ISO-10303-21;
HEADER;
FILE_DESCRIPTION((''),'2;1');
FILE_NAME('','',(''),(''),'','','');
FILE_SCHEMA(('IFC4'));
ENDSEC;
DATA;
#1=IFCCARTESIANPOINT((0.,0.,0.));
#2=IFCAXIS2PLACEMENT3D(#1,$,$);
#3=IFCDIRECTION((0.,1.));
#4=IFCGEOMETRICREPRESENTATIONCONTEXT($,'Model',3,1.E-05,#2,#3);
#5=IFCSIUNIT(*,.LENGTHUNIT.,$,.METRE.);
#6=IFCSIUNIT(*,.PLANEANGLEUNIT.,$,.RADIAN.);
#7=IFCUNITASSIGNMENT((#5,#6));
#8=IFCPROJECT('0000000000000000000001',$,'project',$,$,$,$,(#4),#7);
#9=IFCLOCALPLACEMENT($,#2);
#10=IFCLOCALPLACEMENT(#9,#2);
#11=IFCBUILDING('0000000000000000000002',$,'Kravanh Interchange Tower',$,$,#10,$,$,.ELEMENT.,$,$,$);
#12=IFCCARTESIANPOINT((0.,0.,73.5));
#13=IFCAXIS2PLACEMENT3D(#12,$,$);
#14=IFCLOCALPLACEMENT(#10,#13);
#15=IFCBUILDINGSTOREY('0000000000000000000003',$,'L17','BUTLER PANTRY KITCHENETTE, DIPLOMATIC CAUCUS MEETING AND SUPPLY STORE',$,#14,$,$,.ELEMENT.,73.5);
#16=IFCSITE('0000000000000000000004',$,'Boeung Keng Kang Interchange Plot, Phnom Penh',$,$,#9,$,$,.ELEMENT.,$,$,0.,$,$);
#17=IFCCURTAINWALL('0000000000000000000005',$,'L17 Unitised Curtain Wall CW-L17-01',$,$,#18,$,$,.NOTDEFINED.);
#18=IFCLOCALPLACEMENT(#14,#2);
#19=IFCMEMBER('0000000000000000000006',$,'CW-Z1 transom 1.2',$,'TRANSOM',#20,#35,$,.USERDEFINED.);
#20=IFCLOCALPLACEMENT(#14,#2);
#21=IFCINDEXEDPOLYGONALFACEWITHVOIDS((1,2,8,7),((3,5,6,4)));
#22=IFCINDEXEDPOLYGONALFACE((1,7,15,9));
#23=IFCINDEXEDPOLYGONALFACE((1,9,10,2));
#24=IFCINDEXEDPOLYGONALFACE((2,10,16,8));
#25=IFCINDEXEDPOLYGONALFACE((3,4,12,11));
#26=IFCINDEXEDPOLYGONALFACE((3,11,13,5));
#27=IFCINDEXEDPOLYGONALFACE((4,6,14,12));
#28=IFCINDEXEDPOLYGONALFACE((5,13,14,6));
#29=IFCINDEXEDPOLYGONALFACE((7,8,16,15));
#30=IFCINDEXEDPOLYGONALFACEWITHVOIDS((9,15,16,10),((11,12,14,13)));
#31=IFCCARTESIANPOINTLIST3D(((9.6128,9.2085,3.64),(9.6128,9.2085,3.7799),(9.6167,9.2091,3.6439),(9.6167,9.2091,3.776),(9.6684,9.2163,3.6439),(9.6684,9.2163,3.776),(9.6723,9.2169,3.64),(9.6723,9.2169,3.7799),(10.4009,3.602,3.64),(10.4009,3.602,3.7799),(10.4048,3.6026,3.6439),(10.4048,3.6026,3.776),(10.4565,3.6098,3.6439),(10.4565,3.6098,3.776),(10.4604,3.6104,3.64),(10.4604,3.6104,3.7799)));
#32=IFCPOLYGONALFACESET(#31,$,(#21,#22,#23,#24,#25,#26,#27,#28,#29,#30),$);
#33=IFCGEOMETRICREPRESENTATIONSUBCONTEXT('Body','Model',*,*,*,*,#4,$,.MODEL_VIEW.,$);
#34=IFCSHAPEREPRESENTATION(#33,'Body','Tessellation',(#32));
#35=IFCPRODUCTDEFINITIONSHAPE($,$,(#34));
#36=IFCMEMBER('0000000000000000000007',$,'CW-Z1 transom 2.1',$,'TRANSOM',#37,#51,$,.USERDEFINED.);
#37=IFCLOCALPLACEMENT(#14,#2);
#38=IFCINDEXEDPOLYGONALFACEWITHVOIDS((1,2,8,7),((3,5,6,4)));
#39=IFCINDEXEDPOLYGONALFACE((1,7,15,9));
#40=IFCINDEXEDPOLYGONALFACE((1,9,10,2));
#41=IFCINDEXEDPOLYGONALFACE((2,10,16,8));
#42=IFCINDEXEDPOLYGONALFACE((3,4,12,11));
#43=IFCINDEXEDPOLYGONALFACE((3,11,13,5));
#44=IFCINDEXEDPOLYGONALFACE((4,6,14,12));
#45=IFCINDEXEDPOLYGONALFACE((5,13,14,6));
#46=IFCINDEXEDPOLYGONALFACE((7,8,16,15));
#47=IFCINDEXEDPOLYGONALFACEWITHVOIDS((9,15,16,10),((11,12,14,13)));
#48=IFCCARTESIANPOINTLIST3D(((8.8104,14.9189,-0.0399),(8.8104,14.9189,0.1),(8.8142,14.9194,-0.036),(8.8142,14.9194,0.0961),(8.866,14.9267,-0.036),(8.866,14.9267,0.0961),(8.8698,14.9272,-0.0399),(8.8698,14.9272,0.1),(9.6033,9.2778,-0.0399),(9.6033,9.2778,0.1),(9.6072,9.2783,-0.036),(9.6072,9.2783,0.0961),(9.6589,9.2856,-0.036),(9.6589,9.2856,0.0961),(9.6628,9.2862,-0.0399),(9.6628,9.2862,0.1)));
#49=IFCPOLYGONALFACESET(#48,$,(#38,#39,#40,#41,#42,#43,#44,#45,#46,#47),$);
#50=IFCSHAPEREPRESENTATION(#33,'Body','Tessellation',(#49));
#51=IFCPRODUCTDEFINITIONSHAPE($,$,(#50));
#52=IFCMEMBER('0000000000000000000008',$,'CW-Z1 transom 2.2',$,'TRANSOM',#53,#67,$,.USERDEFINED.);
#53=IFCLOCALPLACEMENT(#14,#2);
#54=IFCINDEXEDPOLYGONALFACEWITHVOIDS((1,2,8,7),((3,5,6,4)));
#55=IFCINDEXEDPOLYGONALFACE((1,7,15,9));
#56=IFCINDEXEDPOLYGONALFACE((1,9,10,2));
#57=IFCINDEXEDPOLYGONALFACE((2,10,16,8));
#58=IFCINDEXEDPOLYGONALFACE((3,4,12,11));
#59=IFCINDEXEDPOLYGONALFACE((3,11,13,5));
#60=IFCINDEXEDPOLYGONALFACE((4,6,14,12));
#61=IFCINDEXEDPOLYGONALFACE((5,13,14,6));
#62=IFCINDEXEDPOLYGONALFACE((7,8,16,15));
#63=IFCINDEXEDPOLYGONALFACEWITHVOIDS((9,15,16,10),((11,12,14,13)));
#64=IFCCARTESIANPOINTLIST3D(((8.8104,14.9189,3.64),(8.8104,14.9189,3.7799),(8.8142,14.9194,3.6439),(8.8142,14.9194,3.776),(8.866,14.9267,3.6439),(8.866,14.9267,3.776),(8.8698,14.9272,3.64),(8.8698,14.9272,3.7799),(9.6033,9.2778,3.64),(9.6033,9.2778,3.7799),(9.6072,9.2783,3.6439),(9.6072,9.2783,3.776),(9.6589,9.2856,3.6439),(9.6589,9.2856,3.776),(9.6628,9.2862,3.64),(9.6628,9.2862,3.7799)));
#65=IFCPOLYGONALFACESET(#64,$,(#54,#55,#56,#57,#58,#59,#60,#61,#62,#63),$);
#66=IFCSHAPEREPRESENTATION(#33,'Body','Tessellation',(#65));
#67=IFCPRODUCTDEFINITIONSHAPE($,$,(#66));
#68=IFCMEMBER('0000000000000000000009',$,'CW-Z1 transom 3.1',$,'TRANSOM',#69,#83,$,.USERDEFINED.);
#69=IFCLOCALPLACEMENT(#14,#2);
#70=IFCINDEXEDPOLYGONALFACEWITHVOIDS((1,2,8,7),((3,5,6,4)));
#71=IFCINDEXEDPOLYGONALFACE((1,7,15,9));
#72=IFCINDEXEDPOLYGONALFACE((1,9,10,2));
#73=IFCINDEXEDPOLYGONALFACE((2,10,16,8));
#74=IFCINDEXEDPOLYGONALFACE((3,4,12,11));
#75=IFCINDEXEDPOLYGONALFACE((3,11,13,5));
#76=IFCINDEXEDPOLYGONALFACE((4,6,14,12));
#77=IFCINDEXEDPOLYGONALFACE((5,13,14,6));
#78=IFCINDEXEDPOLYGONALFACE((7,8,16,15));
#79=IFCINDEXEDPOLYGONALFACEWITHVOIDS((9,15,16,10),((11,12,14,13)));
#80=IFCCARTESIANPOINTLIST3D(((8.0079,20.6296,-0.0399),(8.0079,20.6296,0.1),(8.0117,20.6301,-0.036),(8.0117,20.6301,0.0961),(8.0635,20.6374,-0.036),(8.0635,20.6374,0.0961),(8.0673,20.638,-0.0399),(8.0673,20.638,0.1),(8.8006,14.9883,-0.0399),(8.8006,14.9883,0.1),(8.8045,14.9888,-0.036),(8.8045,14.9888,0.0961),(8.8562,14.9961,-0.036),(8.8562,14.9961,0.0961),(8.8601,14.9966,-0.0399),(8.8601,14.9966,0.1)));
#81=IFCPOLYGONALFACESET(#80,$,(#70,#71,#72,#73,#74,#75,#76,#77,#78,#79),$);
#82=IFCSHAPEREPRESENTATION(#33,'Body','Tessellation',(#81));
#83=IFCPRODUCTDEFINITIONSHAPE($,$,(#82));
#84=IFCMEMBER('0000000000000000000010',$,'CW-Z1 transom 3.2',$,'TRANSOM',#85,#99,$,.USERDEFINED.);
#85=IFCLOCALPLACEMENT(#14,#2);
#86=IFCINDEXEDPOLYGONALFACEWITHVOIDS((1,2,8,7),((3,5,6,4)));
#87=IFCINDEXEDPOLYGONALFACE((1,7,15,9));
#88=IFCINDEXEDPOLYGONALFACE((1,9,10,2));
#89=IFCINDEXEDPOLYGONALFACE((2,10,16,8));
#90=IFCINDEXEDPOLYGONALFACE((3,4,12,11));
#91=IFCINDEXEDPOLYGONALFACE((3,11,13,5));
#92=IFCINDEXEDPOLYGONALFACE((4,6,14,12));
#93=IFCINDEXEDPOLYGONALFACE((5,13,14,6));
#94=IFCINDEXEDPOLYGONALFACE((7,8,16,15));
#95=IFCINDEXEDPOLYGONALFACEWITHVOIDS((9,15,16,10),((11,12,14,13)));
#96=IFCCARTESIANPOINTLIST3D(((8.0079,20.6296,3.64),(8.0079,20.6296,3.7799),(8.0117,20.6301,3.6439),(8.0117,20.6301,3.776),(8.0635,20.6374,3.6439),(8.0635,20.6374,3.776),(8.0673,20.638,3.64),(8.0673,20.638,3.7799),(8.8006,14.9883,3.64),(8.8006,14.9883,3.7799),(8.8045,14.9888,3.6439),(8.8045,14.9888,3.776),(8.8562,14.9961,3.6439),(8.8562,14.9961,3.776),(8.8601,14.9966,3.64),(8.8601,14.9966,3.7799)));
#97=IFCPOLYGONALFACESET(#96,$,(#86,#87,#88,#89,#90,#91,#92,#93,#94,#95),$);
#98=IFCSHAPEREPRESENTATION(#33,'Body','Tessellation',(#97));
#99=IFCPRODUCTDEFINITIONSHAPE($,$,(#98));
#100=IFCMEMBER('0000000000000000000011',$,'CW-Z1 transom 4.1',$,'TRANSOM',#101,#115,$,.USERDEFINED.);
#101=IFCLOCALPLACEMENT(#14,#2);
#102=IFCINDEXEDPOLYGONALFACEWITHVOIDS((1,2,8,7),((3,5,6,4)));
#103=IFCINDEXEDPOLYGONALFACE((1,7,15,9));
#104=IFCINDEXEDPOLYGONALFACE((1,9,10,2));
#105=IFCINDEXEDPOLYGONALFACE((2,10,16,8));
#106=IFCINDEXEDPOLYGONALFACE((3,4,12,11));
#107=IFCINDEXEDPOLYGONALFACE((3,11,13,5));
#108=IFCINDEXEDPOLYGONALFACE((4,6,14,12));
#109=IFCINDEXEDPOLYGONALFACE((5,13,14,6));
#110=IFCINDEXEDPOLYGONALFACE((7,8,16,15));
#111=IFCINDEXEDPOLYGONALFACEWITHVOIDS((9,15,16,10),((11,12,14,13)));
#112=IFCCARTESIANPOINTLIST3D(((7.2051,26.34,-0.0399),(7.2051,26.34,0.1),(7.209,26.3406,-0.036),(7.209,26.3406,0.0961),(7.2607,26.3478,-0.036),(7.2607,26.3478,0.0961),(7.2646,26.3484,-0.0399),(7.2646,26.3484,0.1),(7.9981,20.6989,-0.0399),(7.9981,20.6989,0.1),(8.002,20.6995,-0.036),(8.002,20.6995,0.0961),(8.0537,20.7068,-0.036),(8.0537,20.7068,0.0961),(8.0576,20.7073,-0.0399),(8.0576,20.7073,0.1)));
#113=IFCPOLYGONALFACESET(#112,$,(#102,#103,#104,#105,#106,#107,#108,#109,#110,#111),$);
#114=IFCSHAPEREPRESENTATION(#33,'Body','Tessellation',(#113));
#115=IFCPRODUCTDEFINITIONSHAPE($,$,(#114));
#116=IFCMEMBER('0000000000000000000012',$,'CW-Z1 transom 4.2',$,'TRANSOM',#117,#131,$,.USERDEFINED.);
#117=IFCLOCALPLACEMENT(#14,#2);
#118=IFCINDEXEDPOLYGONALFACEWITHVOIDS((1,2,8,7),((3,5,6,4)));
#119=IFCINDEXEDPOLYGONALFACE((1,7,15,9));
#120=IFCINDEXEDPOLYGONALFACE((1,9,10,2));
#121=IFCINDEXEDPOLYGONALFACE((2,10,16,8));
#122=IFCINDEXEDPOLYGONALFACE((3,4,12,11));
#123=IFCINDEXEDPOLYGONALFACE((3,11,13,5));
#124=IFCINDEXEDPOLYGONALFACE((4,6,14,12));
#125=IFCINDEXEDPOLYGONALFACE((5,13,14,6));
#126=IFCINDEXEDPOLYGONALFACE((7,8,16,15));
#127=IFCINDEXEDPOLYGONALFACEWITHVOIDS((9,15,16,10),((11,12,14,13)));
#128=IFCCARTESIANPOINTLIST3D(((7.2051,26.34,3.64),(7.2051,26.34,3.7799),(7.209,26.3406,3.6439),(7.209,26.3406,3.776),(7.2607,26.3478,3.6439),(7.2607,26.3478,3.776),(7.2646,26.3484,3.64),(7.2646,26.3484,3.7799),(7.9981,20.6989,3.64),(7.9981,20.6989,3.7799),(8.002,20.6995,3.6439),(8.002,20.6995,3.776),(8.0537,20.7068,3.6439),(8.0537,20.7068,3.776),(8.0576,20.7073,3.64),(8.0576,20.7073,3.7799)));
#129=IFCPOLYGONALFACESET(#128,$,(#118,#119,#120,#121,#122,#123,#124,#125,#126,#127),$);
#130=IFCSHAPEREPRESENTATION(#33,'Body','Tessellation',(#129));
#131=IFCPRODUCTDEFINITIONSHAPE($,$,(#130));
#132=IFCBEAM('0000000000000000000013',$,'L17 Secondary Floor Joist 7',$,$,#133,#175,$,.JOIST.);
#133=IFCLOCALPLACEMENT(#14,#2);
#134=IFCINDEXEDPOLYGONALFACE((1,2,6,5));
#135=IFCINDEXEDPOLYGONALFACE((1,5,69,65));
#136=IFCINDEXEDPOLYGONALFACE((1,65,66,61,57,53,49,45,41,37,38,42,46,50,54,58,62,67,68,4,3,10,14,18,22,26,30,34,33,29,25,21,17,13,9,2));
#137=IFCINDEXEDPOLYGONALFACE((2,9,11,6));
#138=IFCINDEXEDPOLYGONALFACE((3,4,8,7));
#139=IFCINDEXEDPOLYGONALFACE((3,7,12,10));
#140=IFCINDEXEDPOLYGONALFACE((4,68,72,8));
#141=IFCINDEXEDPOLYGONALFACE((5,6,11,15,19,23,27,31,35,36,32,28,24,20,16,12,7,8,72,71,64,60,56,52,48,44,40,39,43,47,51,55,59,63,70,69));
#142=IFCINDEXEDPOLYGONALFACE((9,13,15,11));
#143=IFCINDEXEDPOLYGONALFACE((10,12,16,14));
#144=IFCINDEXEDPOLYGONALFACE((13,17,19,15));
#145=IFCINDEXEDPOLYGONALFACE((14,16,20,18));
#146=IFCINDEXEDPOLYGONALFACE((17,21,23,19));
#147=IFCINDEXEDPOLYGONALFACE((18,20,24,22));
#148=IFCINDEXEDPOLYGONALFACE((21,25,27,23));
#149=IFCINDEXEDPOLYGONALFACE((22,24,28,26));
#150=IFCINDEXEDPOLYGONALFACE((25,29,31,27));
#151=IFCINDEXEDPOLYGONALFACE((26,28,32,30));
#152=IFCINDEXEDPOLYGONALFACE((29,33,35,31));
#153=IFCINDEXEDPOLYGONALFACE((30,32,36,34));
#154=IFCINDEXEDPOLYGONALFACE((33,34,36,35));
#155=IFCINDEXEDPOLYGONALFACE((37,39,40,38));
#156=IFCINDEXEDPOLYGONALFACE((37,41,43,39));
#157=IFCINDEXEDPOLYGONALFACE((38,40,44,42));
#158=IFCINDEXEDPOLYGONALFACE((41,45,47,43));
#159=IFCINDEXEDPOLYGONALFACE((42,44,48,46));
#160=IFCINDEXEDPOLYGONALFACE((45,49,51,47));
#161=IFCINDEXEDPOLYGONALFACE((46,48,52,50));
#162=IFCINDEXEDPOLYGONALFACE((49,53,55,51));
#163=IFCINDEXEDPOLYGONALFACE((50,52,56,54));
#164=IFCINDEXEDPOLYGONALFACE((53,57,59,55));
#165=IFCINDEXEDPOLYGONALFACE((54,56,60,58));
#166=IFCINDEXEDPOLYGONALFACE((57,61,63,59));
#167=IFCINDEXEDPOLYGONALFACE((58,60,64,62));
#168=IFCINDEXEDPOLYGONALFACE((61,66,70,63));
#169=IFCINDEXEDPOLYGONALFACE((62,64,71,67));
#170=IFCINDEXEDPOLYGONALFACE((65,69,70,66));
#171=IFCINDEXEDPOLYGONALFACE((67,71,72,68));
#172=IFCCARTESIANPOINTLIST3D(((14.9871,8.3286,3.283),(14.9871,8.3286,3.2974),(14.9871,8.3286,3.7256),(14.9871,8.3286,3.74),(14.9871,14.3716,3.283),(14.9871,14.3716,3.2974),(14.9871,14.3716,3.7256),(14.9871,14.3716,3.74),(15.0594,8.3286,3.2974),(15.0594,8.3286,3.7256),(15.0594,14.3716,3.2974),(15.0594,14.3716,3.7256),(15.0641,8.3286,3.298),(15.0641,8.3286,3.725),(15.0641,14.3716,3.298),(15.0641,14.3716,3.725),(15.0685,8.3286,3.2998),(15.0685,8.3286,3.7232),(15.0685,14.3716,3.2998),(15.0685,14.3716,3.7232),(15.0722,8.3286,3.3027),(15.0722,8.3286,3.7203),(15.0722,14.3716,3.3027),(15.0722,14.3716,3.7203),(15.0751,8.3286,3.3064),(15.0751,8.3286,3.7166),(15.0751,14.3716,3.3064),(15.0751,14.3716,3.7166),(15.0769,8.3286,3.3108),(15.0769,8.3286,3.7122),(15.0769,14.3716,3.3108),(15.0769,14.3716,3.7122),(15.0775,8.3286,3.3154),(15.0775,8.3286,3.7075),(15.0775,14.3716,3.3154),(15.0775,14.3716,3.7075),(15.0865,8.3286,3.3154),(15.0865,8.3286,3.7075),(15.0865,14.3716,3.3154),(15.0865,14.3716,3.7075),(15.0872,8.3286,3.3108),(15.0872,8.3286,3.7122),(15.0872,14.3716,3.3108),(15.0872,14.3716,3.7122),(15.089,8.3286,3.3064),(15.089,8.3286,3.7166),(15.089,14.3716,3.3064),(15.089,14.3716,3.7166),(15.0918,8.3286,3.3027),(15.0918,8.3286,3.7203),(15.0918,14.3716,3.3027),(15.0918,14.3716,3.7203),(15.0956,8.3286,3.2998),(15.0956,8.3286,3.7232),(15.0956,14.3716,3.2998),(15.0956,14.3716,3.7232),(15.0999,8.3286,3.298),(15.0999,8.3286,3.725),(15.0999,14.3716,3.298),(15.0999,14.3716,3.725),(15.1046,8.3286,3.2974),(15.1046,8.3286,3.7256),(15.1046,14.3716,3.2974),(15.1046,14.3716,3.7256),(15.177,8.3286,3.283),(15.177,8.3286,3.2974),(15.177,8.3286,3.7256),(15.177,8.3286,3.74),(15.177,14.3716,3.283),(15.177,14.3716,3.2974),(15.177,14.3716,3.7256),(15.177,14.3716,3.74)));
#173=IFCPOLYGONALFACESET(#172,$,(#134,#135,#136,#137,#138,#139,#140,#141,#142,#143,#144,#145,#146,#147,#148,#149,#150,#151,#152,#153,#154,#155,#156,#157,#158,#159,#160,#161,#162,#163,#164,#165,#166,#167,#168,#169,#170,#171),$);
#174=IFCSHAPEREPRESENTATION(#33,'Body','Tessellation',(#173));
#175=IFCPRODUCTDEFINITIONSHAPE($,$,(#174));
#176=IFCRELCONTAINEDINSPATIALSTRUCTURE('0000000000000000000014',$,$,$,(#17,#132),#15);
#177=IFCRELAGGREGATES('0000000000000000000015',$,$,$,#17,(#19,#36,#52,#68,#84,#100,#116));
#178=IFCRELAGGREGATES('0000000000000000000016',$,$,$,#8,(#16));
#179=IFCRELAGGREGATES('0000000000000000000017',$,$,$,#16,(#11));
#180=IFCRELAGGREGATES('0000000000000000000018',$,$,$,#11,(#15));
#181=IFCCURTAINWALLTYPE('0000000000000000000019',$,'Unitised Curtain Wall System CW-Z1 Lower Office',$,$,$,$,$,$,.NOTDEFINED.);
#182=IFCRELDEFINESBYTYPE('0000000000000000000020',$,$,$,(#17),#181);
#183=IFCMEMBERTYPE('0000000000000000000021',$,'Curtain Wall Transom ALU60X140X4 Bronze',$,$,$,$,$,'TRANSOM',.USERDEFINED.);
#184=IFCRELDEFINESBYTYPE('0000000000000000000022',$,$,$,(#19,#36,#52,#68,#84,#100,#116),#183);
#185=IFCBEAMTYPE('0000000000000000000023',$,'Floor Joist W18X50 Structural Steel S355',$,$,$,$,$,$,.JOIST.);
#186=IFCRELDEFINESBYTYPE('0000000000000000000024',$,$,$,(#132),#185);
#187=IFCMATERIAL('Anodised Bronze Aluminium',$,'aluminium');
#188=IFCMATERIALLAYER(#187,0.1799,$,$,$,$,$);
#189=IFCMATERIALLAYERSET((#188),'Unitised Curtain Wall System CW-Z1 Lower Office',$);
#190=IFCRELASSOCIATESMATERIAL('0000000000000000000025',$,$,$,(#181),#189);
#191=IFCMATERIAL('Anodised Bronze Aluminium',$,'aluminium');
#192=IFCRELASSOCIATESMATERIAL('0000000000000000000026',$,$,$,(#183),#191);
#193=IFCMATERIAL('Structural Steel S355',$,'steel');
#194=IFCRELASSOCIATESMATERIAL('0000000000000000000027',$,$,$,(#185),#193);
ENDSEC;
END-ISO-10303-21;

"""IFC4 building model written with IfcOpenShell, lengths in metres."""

from ifc_helpers import new_model, si_unit, direction, frame, origin, origin_2d, place, context, subcontext, project, spatial, hollow_rectangle, i_section, extrude, material, layer, layer_set, material_profile, profile_set, type_object, element, aggregate, save


model = new_model("IFC4")

# Units and contexts
model_context = context("Model", 3, precision=1e-05, world=origin(), true_north=direction((0.0, 1.0)))
body_context = subcontext(model_context, "Body", "Model", "MODEL_VIEW")
ifc_project = project(units=[si_unit("LENGTHUNIT", "METRE"), si_unit("PLANEANGLEUNIT", "RADIAN")], contexts=[model_context])

# Site, building, storey
site_placement = place(None, origin())
site = spatial("IfcSite", under=ifc_project, at=site_placement, Name="Boeung Keng Kang Interchange Plot, Phnom Penh", CompositionType="ELEMENT", RefElevation=0.0)
building_placement = place(site_placement, origin())
building = spatial("IfcBuilding", under=site, at=building_placement, Name="Kravanh Interchange Tower", CompositionType="ELEMENT")
storey_placement = place(building_placement, frame((0.0, 0.0, 73.5)))
storey = spatial("IfcBuildingStorey", under=building, at=storey_placement, Name="L17", Description="BUTLER PANTRY KITCHENETTE, DIPLOMATIC CAUCUS MEETING AND SUPPLY STORE", CompositionType="ELEMENT", Elevation=73.5)

# Curtain wall, members
ifc_material_1 = material(Name="Anodised Bronze Aluminium", Category="aluminium")
ifc_layer_1 = layer(ifc_material_1, 0.1799)
ifc_layer_set_1 = layer_set([ifc_layer_1], Name="Unitised Curtain Wall System CW-Z1 Lower Office")
curtain_wall_type = type_object("IfcCurtainWallType", Name="Unitised Curtain Wall System CW-Z1 Lower Office", PredefinedType="NOTDEFINED", material=ifc_layer_set_1)
curtain_wall_placement = place(storey_placement, origin())
curtain_wall = element("IfcCurtainWall", 1, at=curtain_wall_placement, inside=storey, type_object=curtain_wall_type, Name="L17 Unitised Curtain Wall CW-L17-01", PredefinedType="NOTDEFINED")
ifc_material_2 = material(Name="Anodised Bronze Aluminium", Category="aluminium")
ifc_material_profile_1 = material_profile(ifc_material_2, hollow_rectangle(XDim=0.0601, YDim=0.1399, WallThickness=0.0039, at=origin_2d()), Name="ALU60X140X4")
ifc_profile_set_1 = profile_set([ifc_material_profile_1], Name="Anodised Bronze Aluminium")
member_type_1 = type_object("IfcMemberType", Name="Curtain Wall Transom ALU60X140X4 Bronze", ElementType="TRANSOM", PredefinedType="USERDEFINED", material=ifc_profile_set_1)
member_1_placement = place(storey_placement, frame((10.4307, 3.6062, 3.71), z_axis=(-0.139199, 0.990264, 0.0), x_axis=(-0.990264, -0.139199, 0.0)))
member_1 = element("IfcMember", 2, at=member_1_placement, type_object=member_type_1, Name="CW-Z1 transom 1.2", ObjectType="TRANSOM", PredefinedType="USERDEFINED", context=body_context, shape_type="SweptSolid", body=[
    extrude(hollow_rectangle(XDim=0.0601, YDim=0.1399, WallThickness=0.0039, at=origin_2d()), origin(), (0.0, 0.0, 1.0), 5.6616),
])
member_2_placement = place(storey_placement, frame((9.6331, 9.282, 0.03), z_axis=(-0.139201, 0.990264, 0.0), x_axis=(-0.990264, -0.139201, 0.0)))
member_2 = element("IfcMember", 3, at=member_2_placement, type_object=member_type_1, Name="CW-Z1 transom 2.1", ObjectType="TRANSOM", PredefinedType="USERDEFINED", context=body_context, shape_type="SweptSolid", body=[
    extrude(hollow_rectangle(XDim=0.0601, YDim=0.1399, WallThickness=0.0039, at=origin_2d()), origin(), (0.0, 0.0, 1.0), 5.6965),
])
member_3_placement = place(storey_placement, frame((9.6331, 9.282, 3.71), z_axis=(-0.139201, 0.990264, 0.0), x_axis=(-0.990264, -0.139201, 0.0)))
member_3 = element("IfcMember", 4, at=member_3_placement, type_object=member_type_1, Name="CW-Z1 transom 2.2", ObjectType="TRANSOM", PredefinedType="USERDEFINED", context=body_context, shape_type="SweptSolid", body=[
    extrude(hollow_rectangle(XDim=0.0601, YDim=0.1399, WallThickness=0.0039, at=origin_2d()), origin(), (0.0, 0.0, 1.0), 5.6965),
])
member_4_placement = place(storey_placement, frame((8.8303, 14.9924, 0.03), z_axis=(-0.139153, 0.990271, 0.0), x_axis=(-0.990271, -0.139153, 0.0)))
member_4 = element("IfcMember", 5, at=member_4_placement, type_object=member_type_1, Name="CW-Z1 transom 3.1", ObjectType="TRANSOM", PredefinedType="USERDEFINED", context=body_context, shape_type="SweptSolid", body=[
    extrude(hollow_rectangle(XDim=0.0601, YDim=0.1399, WallThickness=0.0039, at=origin_2d()), origin(), (0.0, 0.0, 1.0), 5.6968),
])
member_5_placement = place(storey_placement, frame((8.8303, 14.9924, 3.71), z_axis=(-0.139153, 0.990271, 0.0), x_axis=(-0.990271, -0.139153, 0.0)))
member_5 = element("IfcMember", 6, at=member_5_placement, type_object=member_type_1, Name="CW-Z1 transom 3.2", ObjectType="TRANSOM", PredefinedType="USERDEFINED", context=body_context, shape_type="SweptSolid", body=[
    extrude(hollow_rectangle(XDim=0.0601, YDim=0.1399, WallThickness=0.0039, at=origin_2d()), origin(), (0.0, 0.0, 1.0), 5.6968),
])
member_6_placement = place(storey_placement, frame((8.0278, 20.7031, 0.03), z_axis=(-0.139201, 0.990264, 0.0), x_axis=(-0.990264, -0.139201, 0.0)))
member_6 = element("IfcMember", 7, at=member_6_placement, type_object=member_type_1, Name="CW-Z1 transom 4.1", ObjectType="TRANSOM", PredefinedType="USERDEFINED", context=body_context, shape_type="SweptSolid", body=[
    extrude(hollow_rectangle(XDim=0.0601, YDim=0.1399, WallThickness=0.0039, at=origin_2d()), origin(), (0.0, 0.0, 1.0), 5.6965),
])
member_7_placement = place(storey_placement, frame((8.0278, 20.7031, 3.71), z_axis=(-0.139201, 0.990264, 0.0), x_axis=(-0.990264, -0.139201, 0.0)))
member_7 = element("IfcMember", 8, at=member_7_placement, type_object=member_type_1, Name="CW-Z1 transom 4.2", ObjectType="TRANSOM", PredefinedType="USERDEFINED", context=body_context, shape_type="SweptSolid", body=[
    extrude(hollow_rectangle(XDim=0.0601, YDim=0.1399, WallThickness=0.0039, at=origin_2d()), origin(), (0.0, 0.0, 1.0), 5.6965),
])

# Beam
ifc_material_3 = material(Name="Structural Steel S355", Category="steel")
ifc_material_profile_2 = material_profile(ifc_material_3, i_section(OverallWidth=0.1899, OverallDepth=0.457, WebThickness=0.009, FlangeThickness=0.0144, FilletRadius=0.0181, at=origin_2d()), Name="W18X50")
ifc_profile_set_2 = profile_set([ifc_material_profile_2], Name="Structural Steel S355")
beam_type_1 = type_object("IfcBeamType", Name="Floor Joist W18X50 Structural Steel S355", PredefinedType="JOIST", material=ifc_profile_set_2)
beam_1_placement = place(storey_placement, frame((15.082, 8.3286, 3.5115), z_axis=(0.0, 1.0, 0.0), x_axis=(-1.0, 0.0, 0.0)))
element("IfcBeam", 9, at=beam_1_placement, inside=storey, type_object=beam_type_1, Name="L17 Secondary Floor Joist 7", PredefinedType="JOIST", context=body_context, shape_type="SweptSolid", body=[
    extrude(i_section(OverallWidth=0.1899, OverallDepth=0.457, WebThickness=0.009, FlangeThickness=0.0144, FilletRadius=0.0181, at=origin_2d()), origin(), (0.0, 0.0, 1.0), 6.043),
])

aggregate(curtain_wall, [member_1, member_2, member_3, member_4, member_5, member_6, member_7])

save(model, "model.ifc")
